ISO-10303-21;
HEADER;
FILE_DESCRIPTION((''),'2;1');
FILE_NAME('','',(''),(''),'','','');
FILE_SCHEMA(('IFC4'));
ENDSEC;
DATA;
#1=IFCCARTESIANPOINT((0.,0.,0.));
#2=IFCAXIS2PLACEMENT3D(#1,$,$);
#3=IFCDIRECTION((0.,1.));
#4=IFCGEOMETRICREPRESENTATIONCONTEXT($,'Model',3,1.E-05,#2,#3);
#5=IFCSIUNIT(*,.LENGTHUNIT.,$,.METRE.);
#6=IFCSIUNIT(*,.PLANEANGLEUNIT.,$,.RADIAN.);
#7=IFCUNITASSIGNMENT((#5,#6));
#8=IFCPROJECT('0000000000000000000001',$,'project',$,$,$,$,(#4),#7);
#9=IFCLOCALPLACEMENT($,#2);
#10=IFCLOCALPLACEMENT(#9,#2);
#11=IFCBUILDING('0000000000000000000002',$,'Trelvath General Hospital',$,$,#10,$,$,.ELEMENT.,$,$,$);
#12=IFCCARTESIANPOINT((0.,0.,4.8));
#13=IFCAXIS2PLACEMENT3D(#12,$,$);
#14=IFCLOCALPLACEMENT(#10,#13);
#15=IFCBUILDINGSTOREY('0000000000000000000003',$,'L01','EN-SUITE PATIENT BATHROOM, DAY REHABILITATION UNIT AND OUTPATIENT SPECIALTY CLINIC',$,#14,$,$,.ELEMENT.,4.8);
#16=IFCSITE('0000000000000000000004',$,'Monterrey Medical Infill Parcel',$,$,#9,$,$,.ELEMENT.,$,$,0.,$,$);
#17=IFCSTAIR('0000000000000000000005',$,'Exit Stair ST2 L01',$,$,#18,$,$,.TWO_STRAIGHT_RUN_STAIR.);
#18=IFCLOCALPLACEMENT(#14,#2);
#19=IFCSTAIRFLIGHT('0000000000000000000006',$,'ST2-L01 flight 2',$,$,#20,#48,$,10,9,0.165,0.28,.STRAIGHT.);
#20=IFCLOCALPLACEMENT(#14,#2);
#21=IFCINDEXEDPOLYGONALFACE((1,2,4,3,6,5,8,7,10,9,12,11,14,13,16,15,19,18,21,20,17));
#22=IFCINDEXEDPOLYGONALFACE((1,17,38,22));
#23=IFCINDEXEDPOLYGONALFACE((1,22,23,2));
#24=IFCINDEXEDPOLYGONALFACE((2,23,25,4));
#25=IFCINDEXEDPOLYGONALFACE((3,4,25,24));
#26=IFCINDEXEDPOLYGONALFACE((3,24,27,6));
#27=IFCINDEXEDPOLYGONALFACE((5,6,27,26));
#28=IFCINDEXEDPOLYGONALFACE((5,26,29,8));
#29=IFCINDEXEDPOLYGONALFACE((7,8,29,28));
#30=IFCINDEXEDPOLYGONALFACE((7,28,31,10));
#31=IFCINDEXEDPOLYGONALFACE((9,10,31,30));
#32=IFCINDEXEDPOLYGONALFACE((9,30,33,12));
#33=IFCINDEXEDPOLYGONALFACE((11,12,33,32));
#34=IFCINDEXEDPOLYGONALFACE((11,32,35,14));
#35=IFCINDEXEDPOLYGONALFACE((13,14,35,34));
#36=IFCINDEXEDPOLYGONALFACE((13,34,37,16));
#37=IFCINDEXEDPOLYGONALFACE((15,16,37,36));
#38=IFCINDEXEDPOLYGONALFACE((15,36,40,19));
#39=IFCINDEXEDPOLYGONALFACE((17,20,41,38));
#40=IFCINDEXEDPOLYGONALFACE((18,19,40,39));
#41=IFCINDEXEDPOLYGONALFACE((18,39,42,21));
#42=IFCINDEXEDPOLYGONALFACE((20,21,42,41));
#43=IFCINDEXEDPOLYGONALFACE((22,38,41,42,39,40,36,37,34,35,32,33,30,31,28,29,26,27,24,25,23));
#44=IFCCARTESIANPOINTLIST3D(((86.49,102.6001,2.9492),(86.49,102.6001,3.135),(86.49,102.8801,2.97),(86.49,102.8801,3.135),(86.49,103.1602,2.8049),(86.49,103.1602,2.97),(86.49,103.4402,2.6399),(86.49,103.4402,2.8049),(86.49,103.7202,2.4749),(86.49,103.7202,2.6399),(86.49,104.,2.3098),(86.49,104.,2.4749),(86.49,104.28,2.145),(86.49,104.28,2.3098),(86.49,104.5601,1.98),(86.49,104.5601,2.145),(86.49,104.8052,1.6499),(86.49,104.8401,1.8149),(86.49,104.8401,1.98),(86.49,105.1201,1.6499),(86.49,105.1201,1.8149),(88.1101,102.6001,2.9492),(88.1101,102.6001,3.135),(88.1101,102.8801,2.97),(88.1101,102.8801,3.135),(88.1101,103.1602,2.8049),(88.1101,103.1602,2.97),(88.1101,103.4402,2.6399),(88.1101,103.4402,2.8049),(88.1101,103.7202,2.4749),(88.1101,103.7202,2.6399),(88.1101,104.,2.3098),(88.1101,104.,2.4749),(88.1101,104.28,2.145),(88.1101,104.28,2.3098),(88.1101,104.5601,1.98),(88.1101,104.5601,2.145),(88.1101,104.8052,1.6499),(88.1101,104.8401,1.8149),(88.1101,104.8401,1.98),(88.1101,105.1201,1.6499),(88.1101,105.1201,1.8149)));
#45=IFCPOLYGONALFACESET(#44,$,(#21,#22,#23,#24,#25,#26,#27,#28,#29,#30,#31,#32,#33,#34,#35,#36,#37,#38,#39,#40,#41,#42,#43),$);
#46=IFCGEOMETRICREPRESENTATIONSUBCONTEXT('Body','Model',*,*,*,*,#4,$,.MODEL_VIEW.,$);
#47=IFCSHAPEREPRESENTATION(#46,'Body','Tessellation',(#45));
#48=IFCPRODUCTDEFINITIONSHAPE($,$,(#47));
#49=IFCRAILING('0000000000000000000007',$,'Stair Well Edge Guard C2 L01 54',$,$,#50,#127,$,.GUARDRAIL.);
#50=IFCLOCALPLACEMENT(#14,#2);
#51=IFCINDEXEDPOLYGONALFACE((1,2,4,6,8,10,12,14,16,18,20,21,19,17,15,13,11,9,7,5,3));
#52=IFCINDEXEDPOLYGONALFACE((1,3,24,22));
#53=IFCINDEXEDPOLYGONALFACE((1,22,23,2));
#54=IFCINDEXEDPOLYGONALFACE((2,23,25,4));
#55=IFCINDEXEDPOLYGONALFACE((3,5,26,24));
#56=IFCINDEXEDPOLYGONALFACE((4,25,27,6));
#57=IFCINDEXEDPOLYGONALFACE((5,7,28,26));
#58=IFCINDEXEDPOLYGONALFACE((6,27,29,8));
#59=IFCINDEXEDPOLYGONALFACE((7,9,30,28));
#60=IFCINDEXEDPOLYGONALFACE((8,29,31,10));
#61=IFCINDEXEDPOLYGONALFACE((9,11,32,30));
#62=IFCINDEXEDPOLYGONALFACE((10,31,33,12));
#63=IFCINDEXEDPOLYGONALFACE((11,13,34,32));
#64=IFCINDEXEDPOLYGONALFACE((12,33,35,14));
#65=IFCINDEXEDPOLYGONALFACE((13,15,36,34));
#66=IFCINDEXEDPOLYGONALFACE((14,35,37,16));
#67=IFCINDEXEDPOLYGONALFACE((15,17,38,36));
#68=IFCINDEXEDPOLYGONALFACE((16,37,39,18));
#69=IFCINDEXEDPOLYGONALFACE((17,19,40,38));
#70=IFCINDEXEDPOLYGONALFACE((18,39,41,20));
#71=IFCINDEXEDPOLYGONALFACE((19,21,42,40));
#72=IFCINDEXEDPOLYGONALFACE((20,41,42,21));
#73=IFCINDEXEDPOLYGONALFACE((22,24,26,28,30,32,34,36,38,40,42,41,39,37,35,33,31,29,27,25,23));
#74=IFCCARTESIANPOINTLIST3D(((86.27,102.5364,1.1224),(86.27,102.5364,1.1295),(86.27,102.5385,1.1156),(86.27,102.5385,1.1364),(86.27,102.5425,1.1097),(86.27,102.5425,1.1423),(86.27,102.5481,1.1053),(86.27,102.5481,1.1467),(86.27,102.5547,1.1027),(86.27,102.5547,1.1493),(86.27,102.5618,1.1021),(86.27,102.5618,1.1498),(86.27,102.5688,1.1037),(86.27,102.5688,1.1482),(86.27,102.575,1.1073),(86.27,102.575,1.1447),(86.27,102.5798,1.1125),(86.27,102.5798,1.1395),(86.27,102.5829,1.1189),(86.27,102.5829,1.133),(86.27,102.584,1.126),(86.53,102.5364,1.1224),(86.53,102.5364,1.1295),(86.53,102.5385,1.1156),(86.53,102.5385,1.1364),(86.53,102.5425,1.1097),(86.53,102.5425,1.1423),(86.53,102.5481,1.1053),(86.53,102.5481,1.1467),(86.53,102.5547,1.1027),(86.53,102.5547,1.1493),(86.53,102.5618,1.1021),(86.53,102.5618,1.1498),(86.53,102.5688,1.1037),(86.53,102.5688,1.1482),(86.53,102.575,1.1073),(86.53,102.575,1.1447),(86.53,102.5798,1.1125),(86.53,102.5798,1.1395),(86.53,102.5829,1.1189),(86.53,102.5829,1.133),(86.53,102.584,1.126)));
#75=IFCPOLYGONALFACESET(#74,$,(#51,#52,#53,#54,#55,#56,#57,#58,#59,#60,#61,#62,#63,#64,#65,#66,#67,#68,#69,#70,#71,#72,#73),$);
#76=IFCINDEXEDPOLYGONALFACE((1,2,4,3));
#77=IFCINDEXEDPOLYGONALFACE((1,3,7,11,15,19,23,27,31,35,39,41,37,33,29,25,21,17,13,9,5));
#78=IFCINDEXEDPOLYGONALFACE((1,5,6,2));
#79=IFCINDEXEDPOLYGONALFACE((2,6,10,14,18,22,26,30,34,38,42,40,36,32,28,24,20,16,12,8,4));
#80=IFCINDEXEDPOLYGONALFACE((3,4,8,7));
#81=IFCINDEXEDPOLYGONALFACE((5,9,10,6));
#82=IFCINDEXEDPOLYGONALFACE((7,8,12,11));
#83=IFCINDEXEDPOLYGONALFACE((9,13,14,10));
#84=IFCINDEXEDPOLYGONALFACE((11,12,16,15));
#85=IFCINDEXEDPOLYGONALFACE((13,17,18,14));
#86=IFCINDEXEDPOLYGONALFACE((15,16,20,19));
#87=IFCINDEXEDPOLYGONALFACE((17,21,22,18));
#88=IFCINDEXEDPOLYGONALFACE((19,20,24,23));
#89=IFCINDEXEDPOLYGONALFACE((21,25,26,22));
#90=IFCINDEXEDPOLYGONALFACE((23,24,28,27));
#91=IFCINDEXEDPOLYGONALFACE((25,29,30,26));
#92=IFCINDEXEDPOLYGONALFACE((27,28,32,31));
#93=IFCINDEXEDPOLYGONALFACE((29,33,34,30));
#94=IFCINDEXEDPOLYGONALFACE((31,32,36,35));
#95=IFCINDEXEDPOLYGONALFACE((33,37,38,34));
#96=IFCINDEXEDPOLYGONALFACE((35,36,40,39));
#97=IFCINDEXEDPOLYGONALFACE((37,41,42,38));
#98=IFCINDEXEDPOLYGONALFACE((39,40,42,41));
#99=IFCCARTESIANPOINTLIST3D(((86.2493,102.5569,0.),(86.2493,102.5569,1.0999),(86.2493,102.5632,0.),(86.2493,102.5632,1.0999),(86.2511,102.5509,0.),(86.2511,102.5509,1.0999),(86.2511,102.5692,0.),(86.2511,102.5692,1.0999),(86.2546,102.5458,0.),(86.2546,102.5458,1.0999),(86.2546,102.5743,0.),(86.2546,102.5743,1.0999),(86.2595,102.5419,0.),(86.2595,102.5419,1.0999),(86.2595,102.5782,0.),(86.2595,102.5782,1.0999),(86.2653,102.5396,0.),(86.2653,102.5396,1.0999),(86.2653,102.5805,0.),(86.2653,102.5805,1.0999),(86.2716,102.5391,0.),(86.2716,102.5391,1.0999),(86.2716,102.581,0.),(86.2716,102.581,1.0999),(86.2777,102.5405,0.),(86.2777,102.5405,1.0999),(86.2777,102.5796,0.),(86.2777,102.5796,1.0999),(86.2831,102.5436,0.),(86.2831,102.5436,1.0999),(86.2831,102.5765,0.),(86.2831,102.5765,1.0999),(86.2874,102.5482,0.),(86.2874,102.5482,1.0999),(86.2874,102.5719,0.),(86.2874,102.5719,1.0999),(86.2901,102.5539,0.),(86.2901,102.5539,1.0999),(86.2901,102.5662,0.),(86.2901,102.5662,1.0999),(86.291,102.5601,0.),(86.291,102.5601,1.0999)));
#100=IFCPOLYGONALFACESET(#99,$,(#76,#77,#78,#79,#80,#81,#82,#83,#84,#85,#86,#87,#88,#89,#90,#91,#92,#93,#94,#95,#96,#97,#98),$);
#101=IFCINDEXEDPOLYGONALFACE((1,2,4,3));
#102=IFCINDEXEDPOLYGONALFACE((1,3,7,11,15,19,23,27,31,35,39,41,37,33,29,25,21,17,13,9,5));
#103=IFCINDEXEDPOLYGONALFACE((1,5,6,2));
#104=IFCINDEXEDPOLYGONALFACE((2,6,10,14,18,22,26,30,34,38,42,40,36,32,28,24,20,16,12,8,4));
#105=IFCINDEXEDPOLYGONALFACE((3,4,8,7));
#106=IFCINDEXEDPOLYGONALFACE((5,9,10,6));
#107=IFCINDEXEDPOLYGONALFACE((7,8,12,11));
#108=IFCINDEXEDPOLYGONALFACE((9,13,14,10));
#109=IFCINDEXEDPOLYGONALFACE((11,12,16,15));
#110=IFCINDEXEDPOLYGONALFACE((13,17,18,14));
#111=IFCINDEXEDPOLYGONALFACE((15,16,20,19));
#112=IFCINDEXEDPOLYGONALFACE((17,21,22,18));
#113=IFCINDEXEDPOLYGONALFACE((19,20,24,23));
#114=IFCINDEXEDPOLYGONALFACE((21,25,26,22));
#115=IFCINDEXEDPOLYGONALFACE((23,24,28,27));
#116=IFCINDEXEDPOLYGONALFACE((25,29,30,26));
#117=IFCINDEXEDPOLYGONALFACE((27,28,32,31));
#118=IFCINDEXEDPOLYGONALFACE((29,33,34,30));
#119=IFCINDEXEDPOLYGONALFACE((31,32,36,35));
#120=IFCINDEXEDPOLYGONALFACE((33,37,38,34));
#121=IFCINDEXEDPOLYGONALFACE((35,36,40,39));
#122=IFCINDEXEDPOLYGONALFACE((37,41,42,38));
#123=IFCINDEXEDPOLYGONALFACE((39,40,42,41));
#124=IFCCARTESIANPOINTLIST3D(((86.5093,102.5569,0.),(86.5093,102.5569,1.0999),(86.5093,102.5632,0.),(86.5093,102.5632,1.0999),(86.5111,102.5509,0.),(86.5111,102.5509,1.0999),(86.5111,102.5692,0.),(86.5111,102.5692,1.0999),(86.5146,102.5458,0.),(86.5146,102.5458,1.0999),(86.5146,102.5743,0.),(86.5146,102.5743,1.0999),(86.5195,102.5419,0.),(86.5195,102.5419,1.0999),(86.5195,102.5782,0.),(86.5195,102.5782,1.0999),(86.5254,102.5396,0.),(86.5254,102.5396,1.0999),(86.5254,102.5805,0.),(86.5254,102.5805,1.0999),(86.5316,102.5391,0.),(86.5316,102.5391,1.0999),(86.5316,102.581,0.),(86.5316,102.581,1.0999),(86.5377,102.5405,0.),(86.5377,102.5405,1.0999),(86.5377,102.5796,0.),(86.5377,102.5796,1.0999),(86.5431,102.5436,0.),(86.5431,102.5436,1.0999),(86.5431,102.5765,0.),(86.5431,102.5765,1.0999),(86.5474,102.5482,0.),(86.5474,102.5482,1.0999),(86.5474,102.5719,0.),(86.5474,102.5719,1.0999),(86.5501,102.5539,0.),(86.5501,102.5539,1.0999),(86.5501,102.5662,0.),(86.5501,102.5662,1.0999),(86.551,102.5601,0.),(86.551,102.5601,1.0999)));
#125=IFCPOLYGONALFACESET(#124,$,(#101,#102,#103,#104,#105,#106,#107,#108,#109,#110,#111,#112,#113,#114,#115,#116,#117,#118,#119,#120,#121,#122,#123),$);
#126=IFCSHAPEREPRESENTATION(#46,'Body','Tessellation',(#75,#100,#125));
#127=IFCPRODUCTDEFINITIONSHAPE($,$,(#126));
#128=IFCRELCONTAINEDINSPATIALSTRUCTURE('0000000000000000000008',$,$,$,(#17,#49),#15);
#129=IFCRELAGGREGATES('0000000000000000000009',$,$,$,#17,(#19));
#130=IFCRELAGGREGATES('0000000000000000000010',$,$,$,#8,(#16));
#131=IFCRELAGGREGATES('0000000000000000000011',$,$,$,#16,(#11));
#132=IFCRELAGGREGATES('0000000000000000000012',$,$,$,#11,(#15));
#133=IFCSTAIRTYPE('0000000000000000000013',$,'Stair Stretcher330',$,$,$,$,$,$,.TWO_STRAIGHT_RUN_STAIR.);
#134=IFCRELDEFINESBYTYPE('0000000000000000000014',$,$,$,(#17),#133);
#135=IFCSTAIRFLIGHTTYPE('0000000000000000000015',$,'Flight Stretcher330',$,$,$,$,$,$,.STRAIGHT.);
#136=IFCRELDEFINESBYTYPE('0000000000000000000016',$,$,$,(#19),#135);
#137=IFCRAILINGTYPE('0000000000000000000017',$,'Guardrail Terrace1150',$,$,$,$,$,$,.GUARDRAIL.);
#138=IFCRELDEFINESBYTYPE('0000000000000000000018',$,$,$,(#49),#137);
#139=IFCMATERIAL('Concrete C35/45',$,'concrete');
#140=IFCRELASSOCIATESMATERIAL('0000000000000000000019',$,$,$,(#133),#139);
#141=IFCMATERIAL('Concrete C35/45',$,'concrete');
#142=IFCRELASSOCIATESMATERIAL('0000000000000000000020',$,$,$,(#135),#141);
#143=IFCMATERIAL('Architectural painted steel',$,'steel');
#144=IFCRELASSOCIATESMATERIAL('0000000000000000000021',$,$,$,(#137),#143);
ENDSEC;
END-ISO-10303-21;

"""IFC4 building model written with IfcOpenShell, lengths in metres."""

from ifc_helpers import new_model, si_unit, direction, frame, origin, origin_2d, place, context, subcontext, project, spatial, polyline, circle, outline, extrude, material, type_object, element, aggregate, save


model = new_model("IFC4")

# Units and contexts
model_context = context("Model", 3, precision=1e-05, world=origin(), true_north=direction((0.0, 1.0)))
body_context = subcontext(model_context, "Body", "Model", "MODEL_VIEW")
ifc_project = project(units=[si_unit("LENGTHUNIT", "METRE"), si_unit("PLANEANGLEUNIT", "RADIAN")], contexts=[model_context])

# Site, building, storey
site_placement = place(None, origin())
site = spatial("IfcSite", under=ifc_project, at=site_placement, Name="Monterrey Medical Infill Parcel", CompositionType="ELEMENT", RefElevation=0.0)
building_placement = place(site_placement, origin())
building = spatial("IfcBuilding", under=site, at=building_placement, Name="Trelvath General Hospital", CompositionType="ELEMENT")
storey_placement = place(building_placement, frame((0.0, 0.0, 4.8)))
storey = spatial("IfcBuildingStorey", under=building, at=storey_placement, Name="L01", Description="EN-SUITE PATIENT BATHROOM, DAY REHABILITATION UNIT AND OUTPATIENT SPECIALTY CLINIC", CompositionType="ELEMENT", Elevation=4.8)

# Stair, stair flight
ifc_material_1 = material(Name="Concrete C35/45", Category="concrete")
stair_type = type_object("IfcStairType", Name="Stair Stretcher330", PredefinedType="TWO_STRAIGHT_RUN_STAIR", material=ifc_material_1)
stair_placement = place(storey_placement, origin())
stair = element("IfcStair", 1, at=stair_placement, inside=storey, type_object=stair_type, Name="Exit Stair ST2 L01", PredefinedType="TWO_STRAIGHT_RUN_STAIR")
ifc_material_2 = material(Name="Concrete C35/45", Category="concrete")
stair_flight_type = type_object("IfcStairFlightType", Name="Flight Stretcher330", PredefinedType="STRAIGHT", material=ifc_material_2)
stair_flight_1_placement = place(storey_placement, frame((87.3, 105.1201, 1.6499), z_axis=(0.0, 0.0, 1.0), x_axis=(0.0, -1.0, 0.0)))
stair_flight_1 = element("IfcStairFlight", 2, at=stair_flight_1_placement, type_object=stair_flight_type, Name="ST2-L01 flight 2", NumberOfRisers=10, NumberOfTreads=9, PredefinedType="STRAIGHT", RiserHeight=0.165, TreadLength=0.28, context=body_context, shape_type="SweptSolid", body=[
    extrude(outline(polyline([(0.0, 0.0), (0.0, 0.165), (0.28, 0.165), (0.28, 0.3301), (0.5601, 0.3301), (0.5601, 0.4951), (0.8401, 0.4951), (0.8401, 0.6599), (1.1201, 0.6599), (1.1201, 0.825), (1.3999, 0.825), (1.3999, 0.99), (1.6799, 0.99), (1.6799, 1.155), (1.96, 1.155), (1.96, 1.3201), (2.24, 1.3201), (2.24, 1.4851), (2.52, 1.4851), (2.52, 1.6499), (2.52, 1.2993), (0.3149, 0.0), (0.0, 0.0)])), frame((0.0, 0.8101, 0.0), z_axis=(0.0, -1.0, 0.0), x_axis=(1.0, 0.0, 0.0)), (0.0, 0.0, 1.0), 1.6201),
])
aggregate(stair, [stair_flight_1])

# Railing
ifc_material_3 = material(Name="Architectural painted steel", Category="steel")
railing_type_1 = type_object("IfcRailingType", Name="Guardrail Terrace1150", PredefinedType="GUARDRAIL", material=ifc_material_3)
railing_1_placement = place(storey_placement, frame((86.27, 102.5601, 0.0)))
element("IfcRailing", 3, at=railing_1_placement, inside=storey, type_object=railing_type_1, Name="Stair Well Edge Guard C2 L01 54", PredefinedType="GUARDRAIL", context=body_context, shape_type="SweptSolid", body=[
    extrude(circle(Radius=0.0239, at=origin_2d()), frame((0.0, 0.0, 1.126), z_axis=(1.0, 0.0, 0.0), x_axis=(0.0, 1.0, 0.0)), (0.0, 0.0, 1.0), 0.26),
    extrude(circle(Radius=0.021, at=origin_2d()), origin(), (0.0, 0.0, 1.0), 1.0999),
    extrude(circle(Radius=0.021, at=origin_2d()), frame((0.26, 0.0, 0.0)), (0.0, 0.0, 1.0), 1.0999),
])

save(model, "model.ifc")
